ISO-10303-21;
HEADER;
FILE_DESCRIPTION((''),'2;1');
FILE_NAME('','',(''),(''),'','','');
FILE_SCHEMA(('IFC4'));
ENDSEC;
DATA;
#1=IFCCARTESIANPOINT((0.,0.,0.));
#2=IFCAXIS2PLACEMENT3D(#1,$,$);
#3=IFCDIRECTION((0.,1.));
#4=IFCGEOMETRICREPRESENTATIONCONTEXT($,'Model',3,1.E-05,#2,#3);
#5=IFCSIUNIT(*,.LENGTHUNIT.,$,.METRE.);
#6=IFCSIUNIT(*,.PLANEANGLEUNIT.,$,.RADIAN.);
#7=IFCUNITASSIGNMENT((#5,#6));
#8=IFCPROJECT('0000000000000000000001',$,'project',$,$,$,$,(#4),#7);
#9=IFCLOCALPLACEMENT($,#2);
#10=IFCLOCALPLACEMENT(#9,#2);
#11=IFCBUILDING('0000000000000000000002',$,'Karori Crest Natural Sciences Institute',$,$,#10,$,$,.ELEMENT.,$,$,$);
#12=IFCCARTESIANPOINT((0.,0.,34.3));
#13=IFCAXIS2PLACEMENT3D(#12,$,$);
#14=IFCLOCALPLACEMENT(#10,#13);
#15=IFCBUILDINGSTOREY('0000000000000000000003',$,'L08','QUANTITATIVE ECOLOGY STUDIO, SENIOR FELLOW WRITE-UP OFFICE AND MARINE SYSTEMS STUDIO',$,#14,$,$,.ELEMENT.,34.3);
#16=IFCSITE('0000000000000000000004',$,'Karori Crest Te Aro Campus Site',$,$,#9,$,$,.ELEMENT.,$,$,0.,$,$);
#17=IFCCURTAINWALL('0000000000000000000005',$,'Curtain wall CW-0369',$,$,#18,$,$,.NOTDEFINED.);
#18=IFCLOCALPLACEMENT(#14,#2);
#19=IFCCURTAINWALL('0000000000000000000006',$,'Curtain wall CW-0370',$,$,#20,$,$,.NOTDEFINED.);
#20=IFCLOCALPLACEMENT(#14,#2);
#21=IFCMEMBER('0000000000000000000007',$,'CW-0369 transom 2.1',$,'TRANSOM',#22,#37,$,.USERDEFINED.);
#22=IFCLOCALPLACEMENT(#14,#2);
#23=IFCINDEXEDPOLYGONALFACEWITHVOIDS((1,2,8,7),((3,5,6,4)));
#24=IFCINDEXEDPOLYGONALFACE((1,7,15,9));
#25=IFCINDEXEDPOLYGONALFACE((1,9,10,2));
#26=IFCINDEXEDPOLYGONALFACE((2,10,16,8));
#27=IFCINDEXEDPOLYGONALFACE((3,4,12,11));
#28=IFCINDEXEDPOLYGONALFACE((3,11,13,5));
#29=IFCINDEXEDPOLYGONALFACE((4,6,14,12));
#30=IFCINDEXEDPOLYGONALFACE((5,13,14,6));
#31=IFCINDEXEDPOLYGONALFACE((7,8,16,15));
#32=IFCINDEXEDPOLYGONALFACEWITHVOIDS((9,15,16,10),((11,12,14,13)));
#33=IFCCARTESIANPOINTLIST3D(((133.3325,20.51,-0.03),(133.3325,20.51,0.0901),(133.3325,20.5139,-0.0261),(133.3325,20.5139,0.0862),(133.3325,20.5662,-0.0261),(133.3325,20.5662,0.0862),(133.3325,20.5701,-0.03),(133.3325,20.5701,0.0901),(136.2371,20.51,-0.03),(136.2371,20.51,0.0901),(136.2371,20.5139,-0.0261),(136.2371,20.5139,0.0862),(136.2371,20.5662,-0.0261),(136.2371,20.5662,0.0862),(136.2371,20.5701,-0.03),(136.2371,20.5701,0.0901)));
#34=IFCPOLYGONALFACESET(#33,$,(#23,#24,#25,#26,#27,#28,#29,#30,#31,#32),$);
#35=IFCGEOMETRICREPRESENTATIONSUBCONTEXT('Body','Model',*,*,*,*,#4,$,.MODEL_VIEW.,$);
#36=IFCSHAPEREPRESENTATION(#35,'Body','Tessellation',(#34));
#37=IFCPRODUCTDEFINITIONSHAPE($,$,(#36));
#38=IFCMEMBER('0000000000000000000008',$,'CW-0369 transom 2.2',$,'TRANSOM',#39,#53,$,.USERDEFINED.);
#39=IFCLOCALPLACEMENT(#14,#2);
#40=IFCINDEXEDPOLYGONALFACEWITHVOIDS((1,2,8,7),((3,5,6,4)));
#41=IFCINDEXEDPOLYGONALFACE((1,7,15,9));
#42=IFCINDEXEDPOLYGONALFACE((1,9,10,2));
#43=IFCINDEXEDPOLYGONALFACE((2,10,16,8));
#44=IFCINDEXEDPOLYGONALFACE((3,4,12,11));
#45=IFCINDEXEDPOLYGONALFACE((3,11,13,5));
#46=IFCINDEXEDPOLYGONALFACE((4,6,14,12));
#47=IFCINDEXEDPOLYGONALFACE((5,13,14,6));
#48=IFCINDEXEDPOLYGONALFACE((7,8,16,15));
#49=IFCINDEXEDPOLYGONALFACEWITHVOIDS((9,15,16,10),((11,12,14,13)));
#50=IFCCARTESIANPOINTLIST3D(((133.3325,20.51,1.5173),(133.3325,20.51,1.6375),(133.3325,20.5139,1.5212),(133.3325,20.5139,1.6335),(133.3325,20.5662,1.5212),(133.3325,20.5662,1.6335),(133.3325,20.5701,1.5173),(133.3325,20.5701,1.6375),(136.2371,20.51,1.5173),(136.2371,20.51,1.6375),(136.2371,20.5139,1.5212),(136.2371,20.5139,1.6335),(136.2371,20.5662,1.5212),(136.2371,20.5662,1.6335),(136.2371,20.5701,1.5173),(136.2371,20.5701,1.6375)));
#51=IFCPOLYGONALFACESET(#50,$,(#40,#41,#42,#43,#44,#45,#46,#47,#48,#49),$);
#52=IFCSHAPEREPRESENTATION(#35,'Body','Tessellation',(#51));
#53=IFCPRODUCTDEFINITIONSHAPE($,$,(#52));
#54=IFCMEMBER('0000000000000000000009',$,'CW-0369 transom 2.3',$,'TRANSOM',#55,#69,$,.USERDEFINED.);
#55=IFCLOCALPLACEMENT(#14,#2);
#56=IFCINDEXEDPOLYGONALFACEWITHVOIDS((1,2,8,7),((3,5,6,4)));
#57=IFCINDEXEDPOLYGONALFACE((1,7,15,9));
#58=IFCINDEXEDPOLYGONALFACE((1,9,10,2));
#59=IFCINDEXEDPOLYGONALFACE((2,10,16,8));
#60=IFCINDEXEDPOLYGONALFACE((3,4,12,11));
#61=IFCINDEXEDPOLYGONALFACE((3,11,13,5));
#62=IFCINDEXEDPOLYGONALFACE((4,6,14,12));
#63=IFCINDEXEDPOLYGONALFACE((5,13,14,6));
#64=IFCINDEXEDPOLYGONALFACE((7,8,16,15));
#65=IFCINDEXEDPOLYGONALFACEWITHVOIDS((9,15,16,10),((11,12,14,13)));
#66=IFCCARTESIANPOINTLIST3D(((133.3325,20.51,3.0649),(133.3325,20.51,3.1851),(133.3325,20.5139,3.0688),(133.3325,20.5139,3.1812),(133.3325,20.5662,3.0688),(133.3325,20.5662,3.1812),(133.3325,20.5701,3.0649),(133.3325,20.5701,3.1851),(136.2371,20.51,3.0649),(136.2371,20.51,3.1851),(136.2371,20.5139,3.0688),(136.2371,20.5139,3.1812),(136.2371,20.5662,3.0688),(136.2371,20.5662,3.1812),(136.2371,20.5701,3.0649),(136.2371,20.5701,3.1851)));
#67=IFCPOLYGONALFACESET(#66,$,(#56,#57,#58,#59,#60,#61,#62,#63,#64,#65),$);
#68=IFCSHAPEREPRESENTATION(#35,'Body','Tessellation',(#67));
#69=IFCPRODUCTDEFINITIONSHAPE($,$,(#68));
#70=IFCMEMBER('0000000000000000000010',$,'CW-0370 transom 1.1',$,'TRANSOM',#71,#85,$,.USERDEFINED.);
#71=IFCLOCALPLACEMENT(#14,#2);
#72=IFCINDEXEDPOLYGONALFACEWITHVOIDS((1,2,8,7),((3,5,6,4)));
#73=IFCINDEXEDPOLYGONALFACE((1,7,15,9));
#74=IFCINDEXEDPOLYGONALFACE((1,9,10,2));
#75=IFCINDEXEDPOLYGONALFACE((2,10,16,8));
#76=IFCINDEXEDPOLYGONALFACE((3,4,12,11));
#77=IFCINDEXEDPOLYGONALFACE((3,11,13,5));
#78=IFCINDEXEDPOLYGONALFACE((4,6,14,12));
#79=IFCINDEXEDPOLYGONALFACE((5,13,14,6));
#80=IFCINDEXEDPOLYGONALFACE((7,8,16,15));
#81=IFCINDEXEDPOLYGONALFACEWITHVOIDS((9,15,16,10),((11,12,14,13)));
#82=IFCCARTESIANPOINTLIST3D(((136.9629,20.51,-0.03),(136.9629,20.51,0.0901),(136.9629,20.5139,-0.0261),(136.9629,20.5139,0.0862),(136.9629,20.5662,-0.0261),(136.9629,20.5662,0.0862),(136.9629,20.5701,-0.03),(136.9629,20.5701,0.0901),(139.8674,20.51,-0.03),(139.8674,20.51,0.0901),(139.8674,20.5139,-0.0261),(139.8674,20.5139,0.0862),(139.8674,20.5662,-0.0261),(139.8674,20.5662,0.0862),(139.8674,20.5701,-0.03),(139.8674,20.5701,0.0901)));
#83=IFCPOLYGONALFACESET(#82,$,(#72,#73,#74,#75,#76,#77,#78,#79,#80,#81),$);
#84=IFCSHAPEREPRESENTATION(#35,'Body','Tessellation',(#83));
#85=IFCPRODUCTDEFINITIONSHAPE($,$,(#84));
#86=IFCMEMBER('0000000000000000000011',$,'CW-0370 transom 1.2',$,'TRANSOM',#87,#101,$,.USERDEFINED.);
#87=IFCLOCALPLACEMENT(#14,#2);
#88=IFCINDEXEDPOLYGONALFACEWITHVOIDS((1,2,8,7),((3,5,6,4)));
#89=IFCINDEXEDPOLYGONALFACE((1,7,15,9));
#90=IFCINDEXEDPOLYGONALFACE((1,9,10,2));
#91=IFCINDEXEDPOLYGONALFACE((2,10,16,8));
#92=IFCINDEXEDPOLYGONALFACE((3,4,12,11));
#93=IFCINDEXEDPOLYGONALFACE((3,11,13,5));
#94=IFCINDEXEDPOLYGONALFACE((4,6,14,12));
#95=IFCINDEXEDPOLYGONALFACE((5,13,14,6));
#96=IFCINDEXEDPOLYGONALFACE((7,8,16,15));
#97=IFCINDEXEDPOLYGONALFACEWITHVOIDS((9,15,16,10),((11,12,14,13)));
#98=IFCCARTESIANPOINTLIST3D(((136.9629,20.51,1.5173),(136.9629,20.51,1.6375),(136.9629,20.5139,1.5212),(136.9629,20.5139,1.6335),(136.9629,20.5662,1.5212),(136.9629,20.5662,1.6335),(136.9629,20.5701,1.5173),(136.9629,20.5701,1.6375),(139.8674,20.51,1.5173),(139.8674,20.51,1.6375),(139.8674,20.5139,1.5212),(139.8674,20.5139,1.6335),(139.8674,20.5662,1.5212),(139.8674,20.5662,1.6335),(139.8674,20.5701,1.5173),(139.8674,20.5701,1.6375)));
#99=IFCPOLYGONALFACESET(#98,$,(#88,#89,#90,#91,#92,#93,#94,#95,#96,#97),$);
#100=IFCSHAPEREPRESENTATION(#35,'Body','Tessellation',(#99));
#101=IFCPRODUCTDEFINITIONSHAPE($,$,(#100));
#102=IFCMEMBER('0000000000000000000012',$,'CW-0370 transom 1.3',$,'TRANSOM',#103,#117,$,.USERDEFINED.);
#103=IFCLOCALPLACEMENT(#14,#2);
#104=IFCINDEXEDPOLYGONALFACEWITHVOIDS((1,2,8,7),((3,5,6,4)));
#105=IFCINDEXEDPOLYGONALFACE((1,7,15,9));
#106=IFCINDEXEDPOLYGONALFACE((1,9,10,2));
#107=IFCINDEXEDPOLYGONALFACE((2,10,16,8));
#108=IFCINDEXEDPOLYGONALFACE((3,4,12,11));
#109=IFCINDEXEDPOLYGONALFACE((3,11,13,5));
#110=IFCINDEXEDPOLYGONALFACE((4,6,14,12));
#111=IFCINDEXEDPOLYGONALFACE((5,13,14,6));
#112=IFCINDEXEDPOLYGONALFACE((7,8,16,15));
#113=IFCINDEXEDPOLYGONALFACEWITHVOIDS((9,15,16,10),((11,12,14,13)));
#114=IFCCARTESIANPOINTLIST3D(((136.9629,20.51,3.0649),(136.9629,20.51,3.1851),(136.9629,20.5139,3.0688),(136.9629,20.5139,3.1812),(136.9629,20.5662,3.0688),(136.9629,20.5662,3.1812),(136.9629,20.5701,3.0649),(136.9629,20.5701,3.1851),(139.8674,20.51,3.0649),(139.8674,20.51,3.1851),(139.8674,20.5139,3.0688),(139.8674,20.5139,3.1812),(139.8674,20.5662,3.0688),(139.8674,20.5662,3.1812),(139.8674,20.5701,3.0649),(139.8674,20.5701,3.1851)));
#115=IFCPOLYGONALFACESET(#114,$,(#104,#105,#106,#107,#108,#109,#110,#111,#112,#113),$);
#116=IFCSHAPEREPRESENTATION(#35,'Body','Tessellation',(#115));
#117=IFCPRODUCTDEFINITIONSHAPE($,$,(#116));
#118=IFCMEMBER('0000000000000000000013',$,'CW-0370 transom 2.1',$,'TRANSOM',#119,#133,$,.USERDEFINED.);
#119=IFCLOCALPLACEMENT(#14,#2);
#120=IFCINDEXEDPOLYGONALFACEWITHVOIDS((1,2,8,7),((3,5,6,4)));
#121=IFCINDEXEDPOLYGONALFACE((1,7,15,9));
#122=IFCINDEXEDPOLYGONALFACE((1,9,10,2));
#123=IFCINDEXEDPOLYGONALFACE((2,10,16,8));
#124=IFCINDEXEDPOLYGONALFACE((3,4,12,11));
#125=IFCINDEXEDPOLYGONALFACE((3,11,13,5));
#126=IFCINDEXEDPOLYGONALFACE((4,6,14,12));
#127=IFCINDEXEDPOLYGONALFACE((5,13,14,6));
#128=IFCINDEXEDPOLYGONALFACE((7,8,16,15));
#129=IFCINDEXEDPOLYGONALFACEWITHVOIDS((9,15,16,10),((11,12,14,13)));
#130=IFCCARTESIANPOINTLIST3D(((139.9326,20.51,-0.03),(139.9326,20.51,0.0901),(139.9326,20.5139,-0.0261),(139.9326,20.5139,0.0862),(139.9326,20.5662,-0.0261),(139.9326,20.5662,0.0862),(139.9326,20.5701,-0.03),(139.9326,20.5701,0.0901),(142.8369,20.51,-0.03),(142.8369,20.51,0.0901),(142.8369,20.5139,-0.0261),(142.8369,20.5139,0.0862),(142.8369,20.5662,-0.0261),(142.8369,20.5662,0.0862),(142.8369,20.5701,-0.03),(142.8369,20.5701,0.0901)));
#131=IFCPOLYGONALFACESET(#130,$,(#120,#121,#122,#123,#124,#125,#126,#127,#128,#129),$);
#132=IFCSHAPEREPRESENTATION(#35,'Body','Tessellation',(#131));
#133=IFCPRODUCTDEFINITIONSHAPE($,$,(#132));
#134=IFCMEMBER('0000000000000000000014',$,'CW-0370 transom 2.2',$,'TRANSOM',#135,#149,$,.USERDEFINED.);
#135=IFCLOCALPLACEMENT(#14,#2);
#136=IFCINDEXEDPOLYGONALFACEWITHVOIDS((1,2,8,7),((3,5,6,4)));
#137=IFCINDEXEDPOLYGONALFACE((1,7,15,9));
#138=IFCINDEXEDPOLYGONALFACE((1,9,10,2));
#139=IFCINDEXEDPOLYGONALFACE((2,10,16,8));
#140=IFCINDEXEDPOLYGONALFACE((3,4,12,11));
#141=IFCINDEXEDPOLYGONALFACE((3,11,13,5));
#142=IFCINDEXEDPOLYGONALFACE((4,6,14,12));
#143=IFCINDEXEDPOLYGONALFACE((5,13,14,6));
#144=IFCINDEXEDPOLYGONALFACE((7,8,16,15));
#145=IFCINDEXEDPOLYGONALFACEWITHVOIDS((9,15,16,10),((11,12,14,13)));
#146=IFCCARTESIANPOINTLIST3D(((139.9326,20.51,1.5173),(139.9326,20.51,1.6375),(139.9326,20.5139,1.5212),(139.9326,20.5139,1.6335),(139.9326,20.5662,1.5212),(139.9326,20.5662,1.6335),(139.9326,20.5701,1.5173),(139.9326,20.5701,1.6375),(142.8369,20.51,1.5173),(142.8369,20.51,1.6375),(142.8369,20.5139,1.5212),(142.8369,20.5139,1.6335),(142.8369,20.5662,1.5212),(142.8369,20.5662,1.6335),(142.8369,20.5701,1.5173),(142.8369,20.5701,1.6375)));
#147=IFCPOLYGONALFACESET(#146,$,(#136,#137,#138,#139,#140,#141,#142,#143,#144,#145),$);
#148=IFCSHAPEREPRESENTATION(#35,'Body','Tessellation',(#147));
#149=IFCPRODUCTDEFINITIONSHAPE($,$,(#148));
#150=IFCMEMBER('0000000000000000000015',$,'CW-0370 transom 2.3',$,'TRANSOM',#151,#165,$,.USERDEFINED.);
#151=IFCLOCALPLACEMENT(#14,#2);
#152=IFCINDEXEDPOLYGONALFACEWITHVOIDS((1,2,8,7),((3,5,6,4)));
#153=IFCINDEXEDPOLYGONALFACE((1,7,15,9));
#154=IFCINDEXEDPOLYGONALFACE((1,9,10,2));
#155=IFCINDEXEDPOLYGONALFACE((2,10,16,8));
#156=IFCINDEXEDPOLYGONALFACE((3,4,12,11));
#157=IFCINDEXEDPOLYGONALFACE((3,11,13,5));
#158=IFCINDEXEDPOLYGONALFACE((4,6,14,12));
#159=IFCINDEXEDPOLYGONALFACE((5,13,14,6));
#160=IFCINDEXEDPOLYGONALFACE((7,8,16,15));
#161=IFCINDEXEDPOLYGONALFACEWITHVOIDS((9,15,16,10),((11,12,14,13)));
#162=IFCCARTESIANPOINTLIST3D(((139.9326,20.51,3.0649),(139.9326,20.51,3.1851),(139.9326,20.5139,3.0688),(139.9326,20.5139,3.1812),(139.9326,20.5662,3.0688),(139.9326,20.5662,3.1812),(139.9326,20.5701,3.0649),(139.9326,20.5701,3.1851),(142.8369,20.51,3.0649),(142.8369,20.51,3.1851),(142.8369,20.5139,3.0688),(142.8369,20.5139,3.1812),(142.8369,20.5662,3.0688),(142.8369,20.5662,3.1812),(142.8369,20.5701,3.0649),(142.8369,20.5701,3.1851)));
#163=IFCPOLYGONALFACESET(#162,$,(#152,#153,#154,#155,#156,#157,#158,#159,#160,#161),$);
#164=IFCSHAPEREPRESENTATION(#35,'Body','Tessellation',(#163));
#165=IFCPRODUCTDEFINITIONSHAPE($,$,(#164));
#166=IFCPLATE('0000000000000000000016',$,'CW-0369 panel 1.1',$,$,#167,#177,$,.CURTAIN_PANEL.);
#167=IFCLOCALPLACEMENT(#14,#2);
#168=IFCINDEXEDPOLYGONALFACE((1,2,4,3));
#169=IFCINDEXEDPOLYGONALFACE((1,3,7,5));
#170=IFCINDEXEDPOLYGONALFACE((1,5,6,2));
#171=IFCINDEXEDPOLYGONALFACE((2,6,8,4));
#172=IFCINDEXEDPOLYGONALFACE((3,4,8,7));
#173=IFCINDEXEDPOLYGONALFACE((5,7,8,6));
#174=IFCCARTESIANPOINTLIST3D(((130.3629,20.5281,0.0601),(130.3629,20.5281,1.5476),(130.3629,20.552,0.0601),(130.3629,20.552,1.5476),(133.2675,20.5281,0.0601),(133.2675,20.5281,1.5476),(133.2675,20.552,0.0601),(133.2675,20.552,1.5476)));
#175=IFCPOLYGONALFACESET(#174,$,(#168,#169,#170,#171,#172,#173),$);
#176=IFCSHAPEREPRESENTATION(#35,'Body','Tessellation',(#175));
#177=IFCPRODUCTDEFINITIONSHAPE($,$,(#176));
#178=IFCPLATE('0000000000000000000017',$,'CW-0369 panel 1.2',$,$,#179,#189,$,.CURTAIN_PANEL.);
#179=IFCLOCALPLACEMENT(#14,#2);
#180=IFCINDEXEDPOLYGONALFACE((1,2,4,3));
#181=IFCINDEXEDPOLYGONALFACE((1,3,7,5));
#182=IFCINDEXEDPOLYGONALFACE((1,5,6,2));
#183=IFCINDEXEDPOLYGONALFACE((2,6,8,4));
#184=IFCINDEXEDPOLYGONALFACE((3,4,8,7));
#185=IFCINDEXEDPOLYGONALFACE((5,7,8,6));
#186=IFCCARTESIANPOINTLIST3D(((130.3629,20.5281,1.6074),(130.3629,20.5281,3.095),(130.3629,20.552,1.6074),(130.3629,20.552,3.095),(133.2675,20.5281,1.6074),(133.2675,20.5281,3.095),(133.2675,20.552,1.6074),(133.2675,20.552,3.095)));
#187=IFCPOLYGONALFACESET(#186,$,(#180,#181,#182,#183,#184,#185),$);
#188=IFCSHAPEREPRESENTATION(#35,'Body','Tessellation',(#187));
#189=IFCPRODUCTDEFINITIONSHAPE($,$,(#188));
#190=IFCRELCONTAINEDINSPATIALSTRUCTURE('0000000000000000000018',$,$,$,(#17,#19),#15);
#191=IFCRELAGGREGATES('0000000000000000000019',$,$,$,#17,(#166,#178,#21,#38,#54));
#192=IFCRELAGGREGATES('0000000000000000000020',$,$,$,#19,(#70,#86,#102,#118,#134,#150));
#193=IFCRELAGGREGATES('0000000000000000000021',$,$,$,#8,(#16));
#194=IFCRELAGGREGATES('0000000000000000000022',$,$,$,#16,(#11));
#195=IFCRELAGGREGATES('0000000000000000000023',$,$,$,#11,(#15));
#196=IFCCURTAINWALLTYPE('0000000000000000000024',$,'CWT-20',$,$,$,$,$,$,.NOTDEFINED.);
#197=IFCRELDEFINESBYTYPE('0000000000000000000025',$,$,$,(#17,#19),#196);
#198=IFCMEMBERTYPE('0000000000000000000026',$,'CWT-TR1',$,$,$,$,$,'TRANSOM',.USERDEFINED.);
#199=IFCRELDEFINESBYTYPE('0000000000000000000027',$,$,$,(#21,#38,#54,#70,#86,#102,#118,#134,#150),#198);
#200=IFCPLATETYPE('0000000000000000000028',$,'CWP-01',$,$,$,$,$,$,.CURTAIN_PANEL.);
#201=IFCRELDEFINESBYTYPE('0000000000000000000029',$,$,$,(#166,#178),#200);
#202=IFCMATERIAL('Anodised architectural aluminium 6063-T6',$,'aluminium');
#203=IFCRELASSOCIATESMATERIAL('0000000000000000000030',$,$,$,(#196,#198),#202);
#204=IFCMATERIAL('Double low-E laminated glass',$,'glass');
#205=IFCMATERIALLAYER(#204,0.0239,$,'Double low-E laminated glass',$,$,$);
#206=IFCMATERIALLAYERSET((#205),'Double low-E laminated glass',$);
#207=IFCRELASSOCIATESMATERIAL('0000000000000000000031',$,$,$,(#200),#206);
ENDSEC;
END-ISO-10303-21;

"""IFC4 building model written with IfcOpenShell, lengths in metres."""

from ifc_helpers import new_model, si_unit, direction, frame, origin, origin_2d, place, context, subcontext, project, spatial, rectangle, hollow_rectangle, extrude, material, layer, layer_set, material_profile, profile_set, type_object, element, aggregate, save


model = new_model("IFC4")

# Units and contexts
model_context = context("Model", 3, precision=1e-05, world=origin(), true_north=direction((0.0, 1.0)))
body_context = subcontext(model_context, "Body", "Model", "MODEL_VIEW")
ifc_project = project(units=[si_unit("LENGTHUNIT", "METRE"), si_unit("PLANEANGLEUNIT", "RADIAN")], contexts=[model_context])

# Site, building, storey
site_placement = place(None, origin())
site = spatial("IfcSite", under=ifc_project, at=site_placement, Name="Karori Crest Te Aro Campus Site", CompositionType="ELEMENT", RefElevation=0.0)
building_placement = place(site_placement, origin())
building = spatial("IfcBuilding", under=site, at=building_placement, Name="Karori Crest Natural Sciences Institute", CompositionType="ELEMENT")
storey_placement = place(building_placement, frame((0.0, 0.0, 34.3)))
storey = spatial("IfcBuildingStorey", under=building, at=storey_placement, Name="L08", Description="QUANTITATIVE ECOLOGY STUDIO, SENIOR FELLOW WRITE-UP OFFICE AND MARINE SYSTEMS STUDIO", CompositionType="ELEMENT", Elevation=34.3)

# Curtain walls
ifc_material_1 = material(Name="Anodised architectural aluminium 6063-T6", Category="aluminium")
curtain_wall_type = type_object("IfcCurtainWallType", Name="CWT-20", PredefinedType="NOTDEFINED", material=ifc_material_1)
curtain_wall_1_placement = place(storey_placement, origin())
curtain_wall_1 = element("IfcCurtainWall", 1, at=curtain_wall_1_placement, inside=storey, type_object=curtain_wall_type, Name="Curtain wall CW-0369", PredefinedType="NOTDEFINED")
curtain_wall_2_placement = place(storey_placement, origin())
curtain_wall_2 = element("IfcCurtainWall", 2, at=curtain_wall_2_placement, inside=storey, type_object=curtain_wall_type, Name="Curtain wall CW-0370", PredefinedType="NOTDEFINED")

# Members
ifc_material_profile_1 = material_profile(ifc_material_1, hollow_rectangle(XDim=0.0601, YDim=0.1201, WallThickness=0.0039, at=origin_2d()), Name="CWT120x60x4")
ifc_profile_set_1 = profile_set([ifc_material_profile_1], Name="Anodised architectural aluminium 6063-T6")
member_type_1 = type_object("IfcMemberType", Name="CWT-TR1", ElementType="TRANSOM", PredefinedType="USERDEFINED", material=ifc_profile_set_1)
member_1_placement = place(storey_placement, frame((133.3325, 20.54, 0.03), z_axis=(1.0, 0.0, 0.0), x_axis=(0.0, 1.0, 0.0)))
member_1 = element("IfcMember", 3, at=member_1_placement, type_object=member_type_1, Name="CW-0369 transom 2.1", ObjectType="TRANSOM", PredefinedType="USERDEFINED", context=body_context, shape_type="SweptSolid", body=[
    extrude(hollow_rectangle(XDim=0.0601, YDim=0.1201, WallThickness=0.0039, at=origin_2d()), origin(), (0.0, 0.0, 1.0), 2.9045),
])
member_2_placement = place(storey_placement, frame((133.3325, 20.54, 1.5774), z_axis=(1.0, 0.0, 0.0), x_axis=(0.0, 1.0, 0.0)))
member_2 = element("IfcMember", 4, at=member_2_placement, type_object=member_type_1, Name="CW-0369 transom 2.2", ObjectType="TRANSOM", PredefinedType="USERDEFINED", context=body_context, shape_type="SweptSolid", body=[
    extrude(hollow_rectangle(XDim=0.0601, YDim=0.1201, WallThickness=0.0039, at=origin_2d()), origin(), (0.0, 0.0, 1.0), 2.9045),
])
member_3_placement = place(storey_placement, frame((133.3325, 20.54, 3.125), z_axis=(1.0, 0.0, 0.0), x_axis=(0.0, 1.0, 0.0)))
member_3 = element("IfcMember", 5, at=member_3_placement, type_object=member_type_1, Name="CW-0369 transom 2.3", ObjectType="TRANSOM", PredefinedType="USERDEFINED", context=body_context, shape_type="SweptSolid", body=[
    extrude(hollow_rectangle(XDim=0.0601, YDim=0.1201, WallThickness=0.0039, at=origin_2d()), origin(), (0.0, 0.0, 1.0), 2.9045),
])
member_4_placement = place(storey_placement, frame((136.9629, 20.54, 0.03), z_axis=(1.0, 0.0, 0.0), x_axis=(0.0, 1.0, 0.0)))
member_4 = element("IfcMember", 6, at=member_4_placement, type_object=member_type_1, Name="CW-0370 transom 1.1", ObjectType="TRANSOM", PredefinedType="USERDEFINED", context=body_context, shape_type="SweptSolid", body=[
    extrude(hollow_rectangle(XDim=0.0601, YDim=0.1201, WallThickness=0.0039, at=origin_2d()), origin(), (0.0, 0.0, 1.0), 2.9045),
])
member_5_placement = place(storey_placement, frame((136.9629, 20.54, 1.5774), z_axis=(1.0, 0.0, 0.0), x_axis=(0.0, 1.0, 0.0)))
member_5 = element("IfcMember", 7, at=member_5_placement, type_object=member_type_1, Name="CW-0370 transom 1.2", ObjectType="TRANSOM", PredefinedType="USERDEFINED", context=body_context, shape_type="SweptSolid", body=[
    extrude(hollow_rectangle(XDim=0.0601, YDim=0.1201, WallThickness=0.0039, at=origin_2d()), origin(), (0.0, 0.0, 1.0), 2.9045),
])
member_6_placement = place(storey_placement, frame((136.9629, 20.54, 3.125), z_axis=(1.0, 0.0, 0.0), x_axis=(0.0, 1.0, 0.0)))
member_6 = element("IfcMember", 8, at=member_6_placement, type_object=member_type_1, Name="CW-0370 transom 1.3", ObjectType="TRANSOM", PredefinedType="USERDEFINED", context=body_context, shape_type="SweptSolid", body=[
    extrude(hollow_rectangle(XDim=0.0601, YDim=0.1201, WallThickness=0.0039, at=origin_2d()), origin(), (0.0, 0.0, 1.0), 2.9045),
])
member_7_placement = place(storey_placement, frame((139.9326, 20.54, 0.03), z_axis=(1.0, 0.0, 0.0), x_axis=(0.0, 1.0, 0.0)))
member_7 = element("IfcMember", 9, at=member_7_placement, type_object=member_type_1, Name="CW-0370 transom 2.1", ObjectType="TRANSOM", PredefinedType="USERDEFINED", context=body_context, shape_type="SweptSolid", body=[
    extrude(hollow_rectangle(XDim=0.0601, YDim=0.1201, WallThickness=0.0039, at=origin_2d()), origin(), (0.0, 0.0, 1.0), 2.9043),
])
member_8_placement = place(storey_placement, frame((139.9326, 20.54, 1.5774), z_axis=(1.0, 0.0, 0.0), x_axis=(0.0, 1.0, 0.0)))
member_8 = element("IfcMember", 10, at=member_8_placement, type_object=member_type_1, Name="CW-0370 transom 2.2", ObjectType="TRANSOM", PredefinedType="USERDEFINED", context=body_context, shape_type="SweptSolid", body=[
    extrude(hollow_rectangle(XDim=0.0601, YDim=0.1201, WallThickness=0.0039, at=origin_2d()), origin(), (0.0, 0.0, 1.0), 2.9043),
])
member_9_placement = place(storey_placement, frame((139.9326, 20.54, 3.125), z_axis=(1.0, 0.0, 0.0), x_axis=(0.0, 1.0, 0.0)))
member_9 = element("IfcMember", 11, at=member_9_placement, type_object=member_type_1, Name="CW-0370 transom 2.3", ObjectType="TRANSOM", PredefinedType="USERDEFINED", context=body_context, shape_type="SweptSolid", body=[
    extrude(hollow_rectangle(XDim=0.0601, YDim=0.1201, WallThickness=0.0039, at=origin_2d()), origin(), (0.0, 0.0, 1.0), 2.9043),
])

# Plates
ifc_material_2 = material(Name="Double low-E laminated glass", Category="glass")
ifc_layer = layer(ifc_material_2, 0.0239, Name="Double low-E laminated glass")
ifc_layer_set = layer_set([ifc_layer], Name="Double low-E laminated glass")
plate_type = type_object("IfcPlateType", Name="CWP-01", PredefinedType="CURTAIN_PANEL", material=ifc_layer_set)
plate_1_placement = place(storey_placement, frame((131.8152, 20.54, 0.0601), z_axis=(0.0, 0.0, 1.0), x_axis=(1.0, 0.0, 0.0)))
plate_1 = element("IfcPlate", 12, at=plate_1_placement, type_object=plate_type, Name="CW-0369 panel 1.1", PredefinedType="CURTAIN_PANEL", context=body_context, shape_type="SweptSolid", body=[
    extrude(rectangle(XDim=2.9045, YDim=0.0239, at=origin_2d()), origin(), (0.0, 0.0, 1.0), 1.4875),
])
plate_2_placement = place(storey_placement, frame((131.8152, 20.54, 1.6074), z_axis=(0.0, 0.0, 1.0), x_axis=(1.0, 0.0, 0.0)))
plate_2 = element("IfcPlate", 13, at=plate_2_placement, type_object=plate_type, Name="CW-0369 panel 1.2", PredefinedType="CURTAIN_PANEL", context=body_context, shape_type="SweptSolid", body=[
    extrude(rectangle(XDim=2.9045, YDim=0.0239, at=origin_2d()), origin(), (0.0, 0.0, 1.0), 1.4875),
])
aggregate(curtain_wall_1, [plate_1, plate_2, member_1, member_2, member_3])
aggregate(curtain_wall_2, [member_4, member_5, member_6, member_7, member_8, member_9])

save(model, "model.ifc")
